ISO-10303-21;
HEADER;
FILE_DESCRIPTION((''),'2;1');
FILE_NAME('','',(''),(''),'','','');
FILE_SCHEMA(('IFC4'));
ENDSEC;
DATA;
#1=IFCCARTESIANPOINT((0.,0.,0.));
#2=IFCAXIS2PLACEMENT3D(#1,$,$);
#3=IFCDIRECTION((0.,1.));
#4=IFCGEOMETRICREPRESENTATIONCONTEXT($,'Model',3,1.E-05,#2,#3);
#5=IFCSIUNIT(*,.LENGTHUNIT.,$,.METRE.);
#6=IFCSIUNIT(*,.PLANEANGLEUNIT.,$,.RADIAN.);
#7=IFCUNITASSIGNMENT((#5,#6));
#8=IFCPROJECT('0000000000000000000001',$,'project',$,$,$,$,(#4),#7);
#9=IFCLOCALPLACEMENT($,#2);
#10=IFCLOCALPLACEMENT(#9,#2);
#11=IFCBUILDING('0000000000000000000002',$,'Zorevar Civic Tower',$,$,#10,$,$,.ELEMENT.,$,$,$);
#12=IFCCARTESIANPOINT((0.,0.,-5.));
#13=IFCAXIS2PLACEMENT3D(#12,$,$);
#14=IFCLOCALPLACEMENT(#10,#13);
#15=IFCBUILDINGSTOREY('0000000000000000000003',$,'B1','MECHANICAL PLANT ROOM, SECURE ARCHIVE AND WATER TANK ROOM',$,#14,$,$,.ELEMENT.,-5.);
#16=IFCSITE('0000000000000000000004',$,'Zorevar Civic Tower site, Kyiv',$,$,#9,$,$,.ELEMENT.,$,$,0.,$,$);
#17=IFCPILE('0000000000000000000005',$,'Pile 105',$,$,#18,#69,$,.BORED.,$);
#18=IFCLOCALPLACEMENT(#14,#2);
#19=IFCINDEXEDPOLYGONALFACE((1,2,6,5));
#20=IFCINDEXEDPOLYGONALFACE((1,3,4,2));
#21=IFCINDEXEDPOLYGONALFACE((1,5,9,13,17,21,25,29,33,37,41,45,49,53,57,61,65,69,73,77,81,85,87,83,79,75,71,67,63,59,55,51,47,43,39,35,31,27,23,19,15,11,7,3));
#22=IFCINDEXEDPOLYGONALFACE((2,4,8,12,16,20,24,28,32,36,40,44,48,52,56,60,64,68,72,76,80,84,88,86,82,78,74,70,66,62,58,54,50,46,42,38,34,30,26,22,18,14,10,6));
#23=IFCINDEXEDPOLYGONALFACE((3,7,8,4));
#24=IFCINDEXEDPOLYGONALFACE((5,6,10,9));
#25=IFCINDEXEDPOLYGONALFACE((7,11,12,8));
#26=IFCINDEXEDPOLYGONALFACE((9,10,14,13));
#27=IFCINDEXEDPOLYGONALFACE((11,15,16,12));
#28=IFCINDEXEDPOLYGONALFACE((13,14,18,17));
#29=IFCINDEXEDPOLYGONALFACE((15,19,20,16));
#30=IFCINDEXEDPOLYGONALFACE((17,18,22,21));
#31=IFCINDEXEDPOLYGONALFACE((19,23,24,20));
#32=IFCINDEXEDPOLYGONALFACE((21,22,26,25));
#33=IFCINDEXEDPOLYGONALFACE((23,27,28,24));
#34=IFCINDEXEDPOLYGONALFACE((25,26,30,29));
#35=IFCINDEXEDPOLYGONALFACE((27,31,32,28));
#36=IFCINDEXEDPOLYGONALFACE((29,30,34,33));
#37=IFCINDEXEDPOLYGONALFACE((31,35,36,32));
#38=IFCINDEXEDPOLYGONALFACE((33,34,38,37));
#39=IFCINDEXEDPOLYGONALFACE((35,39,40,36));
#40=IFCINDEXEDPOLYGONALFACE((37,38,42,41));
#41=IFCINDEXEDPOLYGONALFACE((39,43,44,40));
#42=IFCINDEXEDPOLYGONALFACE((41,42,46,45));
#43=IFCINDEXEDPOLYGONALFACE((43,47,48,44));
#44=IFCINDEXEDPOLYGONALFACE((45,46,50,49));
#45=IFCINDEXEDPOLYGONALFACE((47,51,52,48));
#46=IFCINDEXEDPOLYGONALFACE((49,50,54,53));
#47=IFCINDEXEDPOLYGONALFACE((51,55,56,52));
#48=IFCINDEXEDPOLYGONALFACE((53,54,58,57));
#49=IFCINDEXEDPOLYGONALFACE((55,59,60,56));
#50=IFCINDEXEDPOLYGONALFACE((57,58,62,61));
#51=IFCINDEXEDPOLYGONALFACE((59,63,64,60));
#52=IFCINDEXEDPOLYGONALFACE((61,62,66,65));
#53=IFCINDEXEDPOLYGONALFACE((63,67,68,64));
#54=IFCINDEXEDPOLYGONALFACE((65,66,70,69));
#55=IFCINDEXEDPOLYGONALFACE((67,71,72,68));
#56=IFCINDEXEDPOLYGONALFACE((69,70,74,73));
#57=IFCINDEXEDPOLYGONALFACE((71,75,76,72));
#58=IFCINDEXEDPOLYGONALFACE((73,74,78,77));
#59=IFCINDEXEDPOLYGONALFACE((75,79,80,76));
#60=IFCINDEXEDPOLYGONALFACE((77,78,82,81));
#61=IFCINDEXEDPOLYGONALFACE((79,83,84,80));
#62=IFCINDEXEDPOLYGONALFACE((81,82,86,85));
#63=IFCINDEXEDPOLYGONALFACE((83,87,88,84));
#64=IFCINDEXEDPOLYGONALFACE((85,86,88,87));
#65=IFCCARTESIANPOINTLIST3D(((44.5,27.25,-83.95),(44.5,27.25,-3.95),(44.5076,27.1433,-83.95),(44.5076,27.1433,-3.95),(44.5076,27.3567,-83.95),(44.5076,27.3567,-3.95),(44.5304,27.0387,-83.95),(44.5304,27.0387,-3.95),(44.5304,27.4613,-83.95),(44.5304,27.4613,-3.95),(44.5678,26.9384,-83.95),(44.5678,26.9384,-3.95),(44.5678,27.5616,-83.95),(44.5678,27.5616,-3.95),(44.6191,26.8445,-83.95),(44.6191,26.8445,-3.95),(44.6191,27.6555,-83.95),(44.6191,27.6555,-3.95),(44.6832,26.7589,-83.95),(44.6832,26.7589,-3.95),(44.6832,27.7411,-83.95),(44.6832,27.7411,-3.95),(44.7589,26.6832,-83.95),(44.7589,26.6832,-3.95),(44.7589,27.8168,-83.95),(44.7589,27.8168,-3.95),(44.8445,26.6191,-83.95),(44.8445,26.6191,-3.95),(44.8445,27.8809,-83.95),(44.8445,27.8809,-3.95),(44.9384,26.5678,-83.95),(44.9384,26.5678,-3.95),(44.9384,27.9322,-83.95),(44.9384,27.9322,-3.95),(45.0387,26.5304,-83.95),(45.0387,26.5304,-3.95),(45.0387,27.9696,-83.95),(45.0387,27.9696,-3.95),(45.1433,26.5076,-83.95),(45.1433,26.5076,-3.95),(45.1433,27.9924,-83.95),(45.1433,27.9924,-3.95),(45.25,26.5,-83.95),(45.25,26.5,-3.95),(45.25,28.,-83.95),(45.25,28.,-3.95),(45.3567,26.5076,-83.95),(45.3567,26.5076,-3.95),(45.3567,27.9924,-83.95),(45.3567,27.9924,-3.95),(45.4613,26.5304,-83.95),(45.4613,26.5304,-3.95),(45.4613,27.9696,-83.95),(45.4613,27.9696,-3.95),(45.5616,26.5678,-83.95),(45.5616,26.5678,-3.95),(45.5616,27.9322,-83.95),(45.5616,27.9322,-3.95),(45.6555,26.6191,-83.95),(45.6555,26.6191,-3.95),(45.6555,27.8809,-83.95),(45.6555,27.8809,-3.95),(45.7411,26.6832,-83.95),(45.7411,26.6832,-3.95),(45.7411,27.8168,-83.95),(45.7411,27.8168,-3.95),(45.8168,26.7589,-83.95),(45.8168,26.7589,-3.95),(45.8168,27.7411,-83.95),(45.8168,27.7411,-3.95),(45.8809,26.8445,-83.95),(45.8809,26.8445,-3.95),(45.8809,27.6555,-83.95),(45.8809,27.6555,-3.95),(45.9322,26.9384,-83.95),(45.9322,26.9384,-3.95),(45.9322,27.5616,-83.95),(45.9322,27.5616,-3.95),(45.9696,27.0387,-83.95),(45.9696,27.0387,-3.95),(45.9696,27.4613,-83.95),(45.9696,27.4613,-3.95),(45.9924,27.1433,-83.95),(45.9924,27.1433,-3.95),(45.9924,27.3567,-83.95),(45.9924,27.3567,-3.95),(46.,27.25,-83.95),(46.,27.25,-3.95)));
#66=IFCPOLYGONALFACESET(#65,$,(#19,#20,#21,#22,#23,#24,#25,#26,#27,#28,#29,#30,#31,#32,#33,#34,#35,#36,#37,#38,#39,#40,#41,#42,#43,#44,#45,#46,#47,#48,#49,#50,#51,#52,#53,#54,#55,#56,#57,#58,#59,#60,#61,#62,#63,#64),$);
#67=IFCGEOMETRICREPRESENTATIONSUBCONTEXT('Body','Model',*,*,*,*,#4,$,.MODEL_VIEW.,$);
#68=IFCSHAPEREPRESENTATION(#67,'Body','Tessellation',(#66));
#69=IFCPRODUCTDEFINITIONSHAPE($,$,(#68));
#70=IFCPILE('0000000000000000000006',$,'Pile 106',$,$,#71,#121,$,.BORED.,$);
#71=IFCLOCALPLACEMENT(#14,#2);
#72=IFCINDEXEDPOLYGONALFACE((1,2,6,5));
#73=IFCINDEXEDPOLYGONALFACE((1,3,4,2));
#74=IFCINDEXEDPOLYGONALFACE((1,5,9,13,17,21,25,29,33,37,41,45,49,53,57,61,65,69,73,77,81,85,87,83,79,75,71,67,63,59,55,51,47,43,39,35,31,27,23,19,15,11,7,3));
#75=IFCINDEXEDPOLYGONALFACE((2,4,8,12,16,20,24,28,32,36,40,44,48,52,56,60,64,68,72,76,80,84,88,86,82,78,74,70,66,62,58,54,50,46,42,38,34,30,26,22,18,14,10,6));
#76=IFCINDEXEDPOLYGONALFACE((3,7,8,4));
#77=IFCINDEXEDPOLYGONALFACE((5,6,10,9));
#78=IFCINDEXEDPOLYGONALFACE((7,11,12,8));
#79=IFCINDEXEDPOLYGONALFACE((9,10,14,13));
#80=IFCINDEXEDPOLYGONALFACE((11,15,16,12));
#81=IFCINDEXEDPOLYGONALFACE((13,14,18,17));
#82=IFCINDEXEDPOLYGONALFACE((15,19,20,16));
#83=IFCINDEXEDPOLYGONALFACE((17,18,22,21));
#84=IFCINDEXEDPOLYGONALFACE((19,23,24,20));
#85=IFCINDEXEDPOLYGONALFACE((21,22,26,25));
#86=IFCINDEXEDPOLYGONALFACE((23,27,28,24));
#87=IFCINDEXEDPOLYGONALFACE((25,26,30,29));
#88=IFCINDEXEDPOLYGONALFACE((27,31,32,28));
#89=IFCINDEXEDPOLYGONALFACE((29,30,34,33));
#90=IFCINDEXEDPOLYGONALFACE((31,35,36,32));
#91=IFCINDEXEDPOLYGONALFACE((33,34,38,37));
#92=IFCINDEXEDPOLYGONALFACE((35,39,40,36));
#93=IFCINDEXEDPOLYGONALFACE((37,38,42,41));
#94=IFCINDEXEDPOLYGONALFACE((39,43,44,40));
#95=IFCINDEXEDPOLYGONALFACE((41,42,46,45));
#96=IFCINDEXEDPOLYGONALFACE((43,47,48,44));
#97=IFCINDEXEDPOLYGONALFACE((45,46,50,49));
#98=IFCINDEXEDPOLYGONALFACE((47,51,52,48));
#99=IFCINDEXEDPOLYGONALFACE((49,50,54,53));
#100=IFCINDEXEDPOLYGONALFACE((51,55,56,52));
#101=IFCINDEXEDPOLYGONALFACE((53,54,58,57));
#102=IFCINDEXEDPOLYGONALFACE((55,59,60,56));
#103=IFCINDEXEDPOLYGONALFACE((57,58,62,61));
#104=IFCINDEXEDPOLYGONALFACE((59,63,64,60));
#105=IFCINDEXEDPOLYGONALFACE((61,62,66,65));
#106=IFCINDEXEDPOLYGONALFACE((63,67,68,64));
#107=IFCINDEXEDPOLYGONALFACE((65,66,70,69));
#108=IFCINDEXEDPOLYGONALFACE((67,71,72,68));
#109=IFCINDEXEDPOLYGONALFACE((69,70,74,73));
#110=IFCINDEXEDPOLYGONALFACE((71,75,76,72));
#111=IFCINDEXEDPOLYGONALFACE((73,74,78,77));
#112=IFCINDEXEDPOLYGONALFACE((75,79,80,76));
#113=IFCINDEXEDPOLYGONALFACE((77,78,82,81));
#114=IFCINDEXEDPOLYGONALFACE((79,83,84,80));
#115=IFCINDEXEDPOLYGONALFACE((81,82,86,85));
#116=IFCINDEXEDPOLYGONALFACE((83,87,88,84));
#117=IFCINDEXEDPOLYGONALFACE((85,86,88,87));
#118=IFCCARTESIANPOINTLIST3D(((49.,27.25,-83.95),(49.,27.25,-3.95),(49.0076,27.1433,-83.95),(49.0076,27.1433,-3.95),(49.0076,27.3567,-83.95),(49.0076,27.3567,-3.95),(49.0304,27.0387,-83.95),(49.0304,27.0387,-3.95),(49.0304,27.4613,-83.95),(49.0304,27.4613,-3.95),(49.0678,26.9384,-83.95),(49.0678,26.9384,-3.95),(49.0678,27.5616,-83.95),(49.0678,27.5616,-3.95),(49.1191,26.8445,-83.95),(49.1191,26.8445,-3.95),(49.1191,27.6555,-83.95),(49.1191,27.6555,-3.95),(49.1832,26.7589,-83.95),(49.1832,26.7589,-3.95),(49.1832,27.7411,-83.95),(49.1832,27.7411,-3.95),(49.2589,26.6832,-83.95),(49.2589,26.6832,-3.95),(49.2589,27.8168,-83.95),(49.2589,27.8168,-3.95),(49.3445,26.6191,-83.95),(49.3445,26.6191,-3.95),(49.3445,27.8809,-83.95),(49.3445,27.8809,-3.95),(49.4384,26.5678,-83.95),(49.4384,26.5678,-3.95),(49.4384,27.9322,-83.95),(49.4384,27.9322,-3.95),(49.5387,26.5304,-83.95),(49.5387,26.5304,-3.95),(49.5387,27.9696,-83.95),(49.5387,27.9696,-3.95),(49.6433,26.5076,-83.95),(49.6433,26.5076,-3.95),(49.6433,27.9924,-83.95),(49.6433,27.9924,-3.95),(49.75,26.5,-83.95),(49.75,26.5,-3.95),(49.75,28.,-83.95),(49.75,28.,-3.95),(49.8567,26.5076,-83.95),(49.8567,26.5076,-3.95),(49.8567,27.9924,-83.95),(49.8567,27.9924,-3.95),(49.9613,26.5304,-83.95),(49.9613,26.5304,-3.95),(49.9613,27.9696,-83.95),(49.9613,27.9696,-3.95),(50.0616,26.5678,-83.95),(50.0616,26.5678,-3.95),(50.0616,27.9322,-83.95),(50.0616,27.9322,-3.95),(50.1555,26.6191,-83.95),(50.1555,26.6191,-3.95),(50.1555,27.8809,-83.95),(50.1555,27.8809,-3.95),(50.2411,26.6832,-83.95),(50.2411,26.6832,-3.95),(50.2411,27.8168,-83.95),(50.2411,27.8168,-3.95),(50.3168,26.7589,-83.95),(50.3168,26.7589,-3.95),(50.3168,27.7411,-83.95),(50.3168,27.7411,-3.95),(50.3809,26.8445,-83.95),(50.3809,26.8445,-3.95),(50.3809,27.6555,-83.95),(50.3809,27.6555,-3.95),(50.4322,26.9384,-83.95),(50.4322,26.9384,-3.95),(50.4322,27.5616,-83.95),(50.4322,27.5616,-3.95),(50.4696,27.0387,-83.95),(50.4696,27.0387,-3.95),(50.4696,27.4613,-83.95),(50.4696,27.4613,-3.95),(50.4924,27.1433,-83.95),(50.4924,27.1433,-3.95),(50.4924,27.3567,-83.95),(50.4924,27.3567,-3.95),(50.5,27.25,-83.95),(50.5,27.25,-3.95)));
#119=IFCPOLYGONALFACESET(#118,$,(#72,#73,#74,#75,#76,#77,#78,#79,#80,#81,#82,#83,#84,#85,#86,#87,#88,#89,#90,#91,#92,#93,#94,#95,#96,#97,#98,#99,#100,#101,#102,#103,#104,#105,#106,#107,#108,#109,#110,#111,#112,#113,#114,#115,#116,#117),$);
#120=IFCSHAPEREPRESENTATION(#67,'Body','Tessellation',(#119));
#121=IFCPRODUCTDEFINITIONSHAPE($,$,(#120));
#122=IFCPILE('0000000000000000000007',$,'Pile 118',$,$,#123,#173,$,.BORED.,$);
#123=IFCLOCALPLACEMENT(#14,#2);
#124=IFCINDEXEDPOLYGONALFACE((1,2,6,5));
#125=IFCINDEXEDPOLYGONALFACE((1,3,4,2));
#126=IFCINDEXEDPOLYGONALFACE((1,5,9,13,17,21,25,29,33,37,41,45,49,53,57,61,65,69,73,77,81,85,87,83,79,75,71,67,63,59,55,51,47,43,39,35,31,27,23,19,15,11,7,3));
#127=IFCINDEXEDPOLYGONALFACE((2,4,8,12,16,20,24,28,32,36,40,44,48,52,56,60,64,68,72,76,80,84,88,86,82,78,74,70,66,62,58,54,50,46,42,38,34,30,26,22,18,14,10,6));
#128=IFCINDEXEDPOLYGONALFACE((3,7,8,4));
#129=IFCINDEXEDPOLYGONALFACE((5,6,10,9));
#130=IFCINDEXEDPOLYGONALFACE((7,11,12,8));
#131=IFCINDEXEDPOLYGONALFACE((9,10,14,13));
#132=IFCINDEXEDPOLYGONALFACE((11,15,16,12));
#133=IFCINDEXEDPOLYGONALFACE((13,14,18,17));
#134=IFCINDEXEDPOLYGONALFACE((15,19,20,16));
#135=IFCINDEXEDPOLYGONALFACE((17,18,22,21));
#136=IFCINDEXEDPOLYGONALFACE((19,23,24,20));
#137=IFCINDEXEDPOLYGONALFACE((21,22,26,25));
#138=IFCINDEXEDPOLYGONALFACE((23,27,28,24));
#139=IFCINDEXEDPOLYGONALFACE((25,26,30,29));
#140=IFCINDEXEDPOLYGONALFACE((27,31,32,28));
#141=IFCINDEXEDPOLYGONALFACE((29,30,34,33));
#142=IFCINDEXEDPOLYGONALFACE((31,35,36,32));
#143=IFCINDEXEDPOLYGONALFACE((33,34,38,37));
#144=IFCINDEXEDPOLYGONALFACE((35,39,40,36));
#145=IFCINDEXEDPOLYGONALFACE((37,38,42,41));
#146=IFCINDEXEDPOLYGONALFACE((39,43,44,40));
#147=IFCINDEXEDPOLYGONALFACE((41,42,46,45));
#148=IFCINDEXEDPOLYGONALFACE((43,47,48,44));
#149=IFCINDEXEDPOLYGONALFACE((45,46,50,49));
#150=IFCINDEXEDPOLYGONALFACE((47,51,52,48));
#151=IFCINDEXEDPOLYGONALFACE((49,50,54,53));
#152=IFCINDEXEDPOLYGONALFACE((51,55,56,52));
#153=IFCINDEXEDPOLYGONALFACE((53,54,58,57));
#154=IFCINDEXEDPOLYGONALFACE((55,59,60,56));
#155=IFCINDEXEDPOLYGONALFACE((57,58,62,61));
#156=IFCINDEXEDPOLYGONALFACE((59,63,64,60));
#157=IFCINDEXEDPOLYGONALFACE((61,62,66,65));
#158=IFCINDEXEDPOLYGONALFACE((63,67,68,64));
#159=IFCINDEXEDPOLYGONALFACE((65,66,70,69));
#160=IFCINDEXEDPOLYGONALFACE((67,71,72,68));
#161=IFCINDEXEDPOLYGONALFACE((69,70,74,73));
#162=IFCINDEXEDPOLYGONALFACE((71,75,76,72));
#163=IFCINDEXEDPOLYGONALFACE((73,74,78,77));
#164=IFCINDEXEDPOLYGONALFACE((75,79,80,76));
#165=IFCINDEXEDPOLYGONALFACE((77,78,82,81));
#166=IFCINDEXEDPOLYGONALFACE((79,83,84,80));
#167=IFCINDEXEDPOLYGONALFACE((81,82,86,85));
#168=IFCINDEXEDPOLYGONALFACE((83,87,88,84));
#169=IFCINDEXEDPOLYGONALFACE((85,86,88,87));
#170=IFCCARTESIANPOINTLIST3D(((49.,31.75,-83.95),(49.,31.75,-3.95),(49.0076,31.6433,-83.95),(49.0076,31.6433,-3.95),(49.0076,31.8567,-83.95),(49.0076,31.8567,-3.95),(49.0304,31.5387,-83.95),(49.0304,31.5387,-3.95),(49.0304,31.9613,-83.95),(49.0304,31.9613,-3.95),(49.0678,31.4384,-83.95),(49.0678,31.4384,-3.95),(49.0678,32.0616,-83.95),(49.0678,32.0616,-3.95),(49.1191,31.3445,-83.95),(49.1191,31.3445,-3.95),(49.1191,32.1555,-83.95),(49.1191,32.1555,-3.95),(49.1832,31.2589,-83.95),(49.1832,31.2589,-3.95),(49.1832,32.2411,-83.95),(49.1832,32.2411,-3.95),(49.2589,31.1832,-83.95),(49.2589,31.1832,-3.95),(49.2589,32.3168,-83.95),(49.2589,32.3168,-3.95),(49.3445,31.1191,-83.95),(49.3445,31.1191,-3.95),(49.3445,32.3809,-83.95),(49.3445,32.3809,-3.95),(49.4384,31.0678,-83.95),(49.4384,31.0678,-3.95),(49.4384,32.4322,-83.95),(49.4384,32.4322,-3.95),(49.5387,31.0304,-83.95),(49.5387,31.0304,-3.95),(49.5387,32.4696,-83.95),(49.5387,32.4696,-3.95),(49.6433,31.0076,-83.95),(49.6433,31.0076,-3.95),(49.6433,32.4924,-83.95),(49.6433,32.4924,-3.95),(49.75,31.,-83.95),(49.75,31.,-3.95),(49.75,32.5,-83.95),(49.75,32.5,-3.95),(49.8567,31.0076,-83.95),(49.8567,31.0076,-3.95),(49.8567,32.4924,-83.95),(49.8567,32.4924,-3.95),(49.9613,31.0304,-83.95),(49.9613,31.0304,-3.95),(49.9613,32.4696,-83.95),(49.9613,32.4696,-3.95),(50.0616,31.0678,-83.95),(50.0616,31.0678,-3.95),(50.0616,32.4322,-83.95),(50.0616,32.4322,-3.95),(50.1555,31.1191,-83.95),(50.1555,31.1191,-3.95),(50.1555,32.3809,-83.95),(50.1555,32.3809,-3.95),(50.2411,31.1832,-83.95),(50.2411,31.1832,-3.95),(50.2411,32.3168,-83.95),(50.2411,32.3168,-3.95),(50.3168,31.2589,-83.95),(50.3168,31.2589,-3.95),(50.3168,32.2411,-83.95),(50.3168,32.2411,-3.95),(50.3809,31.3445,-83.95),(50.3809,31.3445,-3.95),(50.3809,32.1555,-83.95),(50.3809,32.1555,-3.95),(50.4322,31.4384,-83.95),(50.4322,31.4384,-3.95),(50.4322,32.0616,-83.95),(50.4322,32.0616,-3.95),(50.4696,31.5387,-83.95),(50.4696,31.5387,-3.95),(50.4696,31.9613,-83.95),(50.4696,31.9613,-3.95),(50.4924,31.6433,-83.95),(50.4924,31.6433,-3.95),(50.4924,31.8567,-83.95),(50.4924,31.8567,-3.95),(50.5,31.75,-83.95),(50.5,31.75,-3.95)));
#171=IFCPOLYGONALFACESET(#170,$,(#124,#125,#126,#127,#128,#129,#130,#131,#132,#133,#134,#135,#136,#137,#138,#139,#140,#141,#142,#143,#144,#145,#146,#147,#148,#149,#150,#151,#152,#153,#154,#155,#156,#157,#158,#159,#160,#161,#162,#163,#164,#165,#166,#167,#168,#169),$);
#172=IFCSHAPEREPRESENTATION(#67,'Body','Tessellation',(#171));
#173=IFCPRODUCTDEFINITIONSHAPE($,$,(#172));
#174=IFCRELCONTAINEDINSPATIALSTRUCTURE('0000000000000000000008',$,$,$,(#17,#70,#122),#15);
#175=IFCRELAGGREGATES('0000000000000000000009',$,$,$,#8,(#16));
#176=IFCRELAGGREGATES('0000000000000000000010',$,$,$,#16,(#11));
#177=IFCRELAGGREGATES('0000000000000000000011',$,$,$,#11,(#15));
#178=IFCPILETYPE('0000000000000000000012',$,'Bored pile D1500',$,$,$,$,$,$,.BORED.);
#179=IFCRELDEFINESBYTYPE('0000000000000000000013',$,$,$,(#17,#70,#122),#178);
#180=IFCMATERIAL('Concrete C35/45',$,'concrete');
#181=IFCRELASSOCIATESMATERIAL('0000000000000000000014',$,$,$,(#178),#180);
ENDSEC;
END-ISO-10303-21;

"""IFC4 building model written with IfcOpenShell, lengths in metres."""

from ifc_helpers import new_model, si_unit, direction, frame, origin, origin_2d, place, context, subcontext, project, spatial, circle, extrude, material, type_object, element, save


model = new_model("IFC4")

# Units and contexts
model_context = context("Model", 3, precision=1e-05, world=origin(), true_north=direction((0.0, 1.0)))
body_context = subcontext(model_context, "Body", "Model", "MODEL_VIEW")
ifc_project = project(units=[si_unit("LENGTHUNIT", "METRE"), si_unit("PLANEANGLEUNIT", "RADIAN")], contexts=[model_context])

# Site, building, storey
site_placement = place(None, origin())
site = spatial("IfcSite", under=ifc_project, at=site_placement, Name="Zorevar Civic Tower site, Kyiv", CompositionType="ELEMENT", RefElevation=0.0)
building_placement = place(site_placement, origin())
building = spatial("IfcBuilding", under=site, at=building_placement, Name="Zorevar Civic Tower", CompositionType="ELEMENT")
storey_placement = place(building_placement, frame((0.0, 0.0, -5.0)))
storey = spatial("IfcBuildingStorey", under=building, at=storey_placement, Name="B1", Description="MECHANICAL PLANT ROOM, SECURE ARCHIVE AND WATER TANK ROOM", CompositionType="ELEMENT", Elevation=-5.0)

# Piles
ifc_material_1 = material(Name="Concrete C35/45", Category="concrete")
pile_type = type_object("IfcPileType", Name="Bored pile D1500", PredefinedType="BORED", material=ifc_material_1)
for number, where, z_axis, x_axis, name in (
    (1, (45.25, 27.25, -3.95), (0.0, 0.0, -1.0), (1.0, 0.0, 0.0), "Pile 105"),
    (2, (49.75, 27.25, -3.95), (0.0, 0.0, -1.0), (1.0, 0.0, 0.0), "Pile 106"),
    (3, (49.75, 31.75, -3.95), (0.0, 0.0, -1.0), (1.0, 0.0, 0.0), "Pile 118"),
):
    element("IfcPile", number, at=place(storey_placement, frame(where, z_axis=z_axis, x_axis=x_axis)), inside=storey, type_object=pile_type, Name=name, PredefinedType="BORED", context=body_context, shape_type="SweptSolid", body=[
        extrude(circle(Radius=0.75, at=origin_2d()), origin(), (0.0, 0.0, 1.0), 80.0),
    ])

save(model, "model.ifc")
